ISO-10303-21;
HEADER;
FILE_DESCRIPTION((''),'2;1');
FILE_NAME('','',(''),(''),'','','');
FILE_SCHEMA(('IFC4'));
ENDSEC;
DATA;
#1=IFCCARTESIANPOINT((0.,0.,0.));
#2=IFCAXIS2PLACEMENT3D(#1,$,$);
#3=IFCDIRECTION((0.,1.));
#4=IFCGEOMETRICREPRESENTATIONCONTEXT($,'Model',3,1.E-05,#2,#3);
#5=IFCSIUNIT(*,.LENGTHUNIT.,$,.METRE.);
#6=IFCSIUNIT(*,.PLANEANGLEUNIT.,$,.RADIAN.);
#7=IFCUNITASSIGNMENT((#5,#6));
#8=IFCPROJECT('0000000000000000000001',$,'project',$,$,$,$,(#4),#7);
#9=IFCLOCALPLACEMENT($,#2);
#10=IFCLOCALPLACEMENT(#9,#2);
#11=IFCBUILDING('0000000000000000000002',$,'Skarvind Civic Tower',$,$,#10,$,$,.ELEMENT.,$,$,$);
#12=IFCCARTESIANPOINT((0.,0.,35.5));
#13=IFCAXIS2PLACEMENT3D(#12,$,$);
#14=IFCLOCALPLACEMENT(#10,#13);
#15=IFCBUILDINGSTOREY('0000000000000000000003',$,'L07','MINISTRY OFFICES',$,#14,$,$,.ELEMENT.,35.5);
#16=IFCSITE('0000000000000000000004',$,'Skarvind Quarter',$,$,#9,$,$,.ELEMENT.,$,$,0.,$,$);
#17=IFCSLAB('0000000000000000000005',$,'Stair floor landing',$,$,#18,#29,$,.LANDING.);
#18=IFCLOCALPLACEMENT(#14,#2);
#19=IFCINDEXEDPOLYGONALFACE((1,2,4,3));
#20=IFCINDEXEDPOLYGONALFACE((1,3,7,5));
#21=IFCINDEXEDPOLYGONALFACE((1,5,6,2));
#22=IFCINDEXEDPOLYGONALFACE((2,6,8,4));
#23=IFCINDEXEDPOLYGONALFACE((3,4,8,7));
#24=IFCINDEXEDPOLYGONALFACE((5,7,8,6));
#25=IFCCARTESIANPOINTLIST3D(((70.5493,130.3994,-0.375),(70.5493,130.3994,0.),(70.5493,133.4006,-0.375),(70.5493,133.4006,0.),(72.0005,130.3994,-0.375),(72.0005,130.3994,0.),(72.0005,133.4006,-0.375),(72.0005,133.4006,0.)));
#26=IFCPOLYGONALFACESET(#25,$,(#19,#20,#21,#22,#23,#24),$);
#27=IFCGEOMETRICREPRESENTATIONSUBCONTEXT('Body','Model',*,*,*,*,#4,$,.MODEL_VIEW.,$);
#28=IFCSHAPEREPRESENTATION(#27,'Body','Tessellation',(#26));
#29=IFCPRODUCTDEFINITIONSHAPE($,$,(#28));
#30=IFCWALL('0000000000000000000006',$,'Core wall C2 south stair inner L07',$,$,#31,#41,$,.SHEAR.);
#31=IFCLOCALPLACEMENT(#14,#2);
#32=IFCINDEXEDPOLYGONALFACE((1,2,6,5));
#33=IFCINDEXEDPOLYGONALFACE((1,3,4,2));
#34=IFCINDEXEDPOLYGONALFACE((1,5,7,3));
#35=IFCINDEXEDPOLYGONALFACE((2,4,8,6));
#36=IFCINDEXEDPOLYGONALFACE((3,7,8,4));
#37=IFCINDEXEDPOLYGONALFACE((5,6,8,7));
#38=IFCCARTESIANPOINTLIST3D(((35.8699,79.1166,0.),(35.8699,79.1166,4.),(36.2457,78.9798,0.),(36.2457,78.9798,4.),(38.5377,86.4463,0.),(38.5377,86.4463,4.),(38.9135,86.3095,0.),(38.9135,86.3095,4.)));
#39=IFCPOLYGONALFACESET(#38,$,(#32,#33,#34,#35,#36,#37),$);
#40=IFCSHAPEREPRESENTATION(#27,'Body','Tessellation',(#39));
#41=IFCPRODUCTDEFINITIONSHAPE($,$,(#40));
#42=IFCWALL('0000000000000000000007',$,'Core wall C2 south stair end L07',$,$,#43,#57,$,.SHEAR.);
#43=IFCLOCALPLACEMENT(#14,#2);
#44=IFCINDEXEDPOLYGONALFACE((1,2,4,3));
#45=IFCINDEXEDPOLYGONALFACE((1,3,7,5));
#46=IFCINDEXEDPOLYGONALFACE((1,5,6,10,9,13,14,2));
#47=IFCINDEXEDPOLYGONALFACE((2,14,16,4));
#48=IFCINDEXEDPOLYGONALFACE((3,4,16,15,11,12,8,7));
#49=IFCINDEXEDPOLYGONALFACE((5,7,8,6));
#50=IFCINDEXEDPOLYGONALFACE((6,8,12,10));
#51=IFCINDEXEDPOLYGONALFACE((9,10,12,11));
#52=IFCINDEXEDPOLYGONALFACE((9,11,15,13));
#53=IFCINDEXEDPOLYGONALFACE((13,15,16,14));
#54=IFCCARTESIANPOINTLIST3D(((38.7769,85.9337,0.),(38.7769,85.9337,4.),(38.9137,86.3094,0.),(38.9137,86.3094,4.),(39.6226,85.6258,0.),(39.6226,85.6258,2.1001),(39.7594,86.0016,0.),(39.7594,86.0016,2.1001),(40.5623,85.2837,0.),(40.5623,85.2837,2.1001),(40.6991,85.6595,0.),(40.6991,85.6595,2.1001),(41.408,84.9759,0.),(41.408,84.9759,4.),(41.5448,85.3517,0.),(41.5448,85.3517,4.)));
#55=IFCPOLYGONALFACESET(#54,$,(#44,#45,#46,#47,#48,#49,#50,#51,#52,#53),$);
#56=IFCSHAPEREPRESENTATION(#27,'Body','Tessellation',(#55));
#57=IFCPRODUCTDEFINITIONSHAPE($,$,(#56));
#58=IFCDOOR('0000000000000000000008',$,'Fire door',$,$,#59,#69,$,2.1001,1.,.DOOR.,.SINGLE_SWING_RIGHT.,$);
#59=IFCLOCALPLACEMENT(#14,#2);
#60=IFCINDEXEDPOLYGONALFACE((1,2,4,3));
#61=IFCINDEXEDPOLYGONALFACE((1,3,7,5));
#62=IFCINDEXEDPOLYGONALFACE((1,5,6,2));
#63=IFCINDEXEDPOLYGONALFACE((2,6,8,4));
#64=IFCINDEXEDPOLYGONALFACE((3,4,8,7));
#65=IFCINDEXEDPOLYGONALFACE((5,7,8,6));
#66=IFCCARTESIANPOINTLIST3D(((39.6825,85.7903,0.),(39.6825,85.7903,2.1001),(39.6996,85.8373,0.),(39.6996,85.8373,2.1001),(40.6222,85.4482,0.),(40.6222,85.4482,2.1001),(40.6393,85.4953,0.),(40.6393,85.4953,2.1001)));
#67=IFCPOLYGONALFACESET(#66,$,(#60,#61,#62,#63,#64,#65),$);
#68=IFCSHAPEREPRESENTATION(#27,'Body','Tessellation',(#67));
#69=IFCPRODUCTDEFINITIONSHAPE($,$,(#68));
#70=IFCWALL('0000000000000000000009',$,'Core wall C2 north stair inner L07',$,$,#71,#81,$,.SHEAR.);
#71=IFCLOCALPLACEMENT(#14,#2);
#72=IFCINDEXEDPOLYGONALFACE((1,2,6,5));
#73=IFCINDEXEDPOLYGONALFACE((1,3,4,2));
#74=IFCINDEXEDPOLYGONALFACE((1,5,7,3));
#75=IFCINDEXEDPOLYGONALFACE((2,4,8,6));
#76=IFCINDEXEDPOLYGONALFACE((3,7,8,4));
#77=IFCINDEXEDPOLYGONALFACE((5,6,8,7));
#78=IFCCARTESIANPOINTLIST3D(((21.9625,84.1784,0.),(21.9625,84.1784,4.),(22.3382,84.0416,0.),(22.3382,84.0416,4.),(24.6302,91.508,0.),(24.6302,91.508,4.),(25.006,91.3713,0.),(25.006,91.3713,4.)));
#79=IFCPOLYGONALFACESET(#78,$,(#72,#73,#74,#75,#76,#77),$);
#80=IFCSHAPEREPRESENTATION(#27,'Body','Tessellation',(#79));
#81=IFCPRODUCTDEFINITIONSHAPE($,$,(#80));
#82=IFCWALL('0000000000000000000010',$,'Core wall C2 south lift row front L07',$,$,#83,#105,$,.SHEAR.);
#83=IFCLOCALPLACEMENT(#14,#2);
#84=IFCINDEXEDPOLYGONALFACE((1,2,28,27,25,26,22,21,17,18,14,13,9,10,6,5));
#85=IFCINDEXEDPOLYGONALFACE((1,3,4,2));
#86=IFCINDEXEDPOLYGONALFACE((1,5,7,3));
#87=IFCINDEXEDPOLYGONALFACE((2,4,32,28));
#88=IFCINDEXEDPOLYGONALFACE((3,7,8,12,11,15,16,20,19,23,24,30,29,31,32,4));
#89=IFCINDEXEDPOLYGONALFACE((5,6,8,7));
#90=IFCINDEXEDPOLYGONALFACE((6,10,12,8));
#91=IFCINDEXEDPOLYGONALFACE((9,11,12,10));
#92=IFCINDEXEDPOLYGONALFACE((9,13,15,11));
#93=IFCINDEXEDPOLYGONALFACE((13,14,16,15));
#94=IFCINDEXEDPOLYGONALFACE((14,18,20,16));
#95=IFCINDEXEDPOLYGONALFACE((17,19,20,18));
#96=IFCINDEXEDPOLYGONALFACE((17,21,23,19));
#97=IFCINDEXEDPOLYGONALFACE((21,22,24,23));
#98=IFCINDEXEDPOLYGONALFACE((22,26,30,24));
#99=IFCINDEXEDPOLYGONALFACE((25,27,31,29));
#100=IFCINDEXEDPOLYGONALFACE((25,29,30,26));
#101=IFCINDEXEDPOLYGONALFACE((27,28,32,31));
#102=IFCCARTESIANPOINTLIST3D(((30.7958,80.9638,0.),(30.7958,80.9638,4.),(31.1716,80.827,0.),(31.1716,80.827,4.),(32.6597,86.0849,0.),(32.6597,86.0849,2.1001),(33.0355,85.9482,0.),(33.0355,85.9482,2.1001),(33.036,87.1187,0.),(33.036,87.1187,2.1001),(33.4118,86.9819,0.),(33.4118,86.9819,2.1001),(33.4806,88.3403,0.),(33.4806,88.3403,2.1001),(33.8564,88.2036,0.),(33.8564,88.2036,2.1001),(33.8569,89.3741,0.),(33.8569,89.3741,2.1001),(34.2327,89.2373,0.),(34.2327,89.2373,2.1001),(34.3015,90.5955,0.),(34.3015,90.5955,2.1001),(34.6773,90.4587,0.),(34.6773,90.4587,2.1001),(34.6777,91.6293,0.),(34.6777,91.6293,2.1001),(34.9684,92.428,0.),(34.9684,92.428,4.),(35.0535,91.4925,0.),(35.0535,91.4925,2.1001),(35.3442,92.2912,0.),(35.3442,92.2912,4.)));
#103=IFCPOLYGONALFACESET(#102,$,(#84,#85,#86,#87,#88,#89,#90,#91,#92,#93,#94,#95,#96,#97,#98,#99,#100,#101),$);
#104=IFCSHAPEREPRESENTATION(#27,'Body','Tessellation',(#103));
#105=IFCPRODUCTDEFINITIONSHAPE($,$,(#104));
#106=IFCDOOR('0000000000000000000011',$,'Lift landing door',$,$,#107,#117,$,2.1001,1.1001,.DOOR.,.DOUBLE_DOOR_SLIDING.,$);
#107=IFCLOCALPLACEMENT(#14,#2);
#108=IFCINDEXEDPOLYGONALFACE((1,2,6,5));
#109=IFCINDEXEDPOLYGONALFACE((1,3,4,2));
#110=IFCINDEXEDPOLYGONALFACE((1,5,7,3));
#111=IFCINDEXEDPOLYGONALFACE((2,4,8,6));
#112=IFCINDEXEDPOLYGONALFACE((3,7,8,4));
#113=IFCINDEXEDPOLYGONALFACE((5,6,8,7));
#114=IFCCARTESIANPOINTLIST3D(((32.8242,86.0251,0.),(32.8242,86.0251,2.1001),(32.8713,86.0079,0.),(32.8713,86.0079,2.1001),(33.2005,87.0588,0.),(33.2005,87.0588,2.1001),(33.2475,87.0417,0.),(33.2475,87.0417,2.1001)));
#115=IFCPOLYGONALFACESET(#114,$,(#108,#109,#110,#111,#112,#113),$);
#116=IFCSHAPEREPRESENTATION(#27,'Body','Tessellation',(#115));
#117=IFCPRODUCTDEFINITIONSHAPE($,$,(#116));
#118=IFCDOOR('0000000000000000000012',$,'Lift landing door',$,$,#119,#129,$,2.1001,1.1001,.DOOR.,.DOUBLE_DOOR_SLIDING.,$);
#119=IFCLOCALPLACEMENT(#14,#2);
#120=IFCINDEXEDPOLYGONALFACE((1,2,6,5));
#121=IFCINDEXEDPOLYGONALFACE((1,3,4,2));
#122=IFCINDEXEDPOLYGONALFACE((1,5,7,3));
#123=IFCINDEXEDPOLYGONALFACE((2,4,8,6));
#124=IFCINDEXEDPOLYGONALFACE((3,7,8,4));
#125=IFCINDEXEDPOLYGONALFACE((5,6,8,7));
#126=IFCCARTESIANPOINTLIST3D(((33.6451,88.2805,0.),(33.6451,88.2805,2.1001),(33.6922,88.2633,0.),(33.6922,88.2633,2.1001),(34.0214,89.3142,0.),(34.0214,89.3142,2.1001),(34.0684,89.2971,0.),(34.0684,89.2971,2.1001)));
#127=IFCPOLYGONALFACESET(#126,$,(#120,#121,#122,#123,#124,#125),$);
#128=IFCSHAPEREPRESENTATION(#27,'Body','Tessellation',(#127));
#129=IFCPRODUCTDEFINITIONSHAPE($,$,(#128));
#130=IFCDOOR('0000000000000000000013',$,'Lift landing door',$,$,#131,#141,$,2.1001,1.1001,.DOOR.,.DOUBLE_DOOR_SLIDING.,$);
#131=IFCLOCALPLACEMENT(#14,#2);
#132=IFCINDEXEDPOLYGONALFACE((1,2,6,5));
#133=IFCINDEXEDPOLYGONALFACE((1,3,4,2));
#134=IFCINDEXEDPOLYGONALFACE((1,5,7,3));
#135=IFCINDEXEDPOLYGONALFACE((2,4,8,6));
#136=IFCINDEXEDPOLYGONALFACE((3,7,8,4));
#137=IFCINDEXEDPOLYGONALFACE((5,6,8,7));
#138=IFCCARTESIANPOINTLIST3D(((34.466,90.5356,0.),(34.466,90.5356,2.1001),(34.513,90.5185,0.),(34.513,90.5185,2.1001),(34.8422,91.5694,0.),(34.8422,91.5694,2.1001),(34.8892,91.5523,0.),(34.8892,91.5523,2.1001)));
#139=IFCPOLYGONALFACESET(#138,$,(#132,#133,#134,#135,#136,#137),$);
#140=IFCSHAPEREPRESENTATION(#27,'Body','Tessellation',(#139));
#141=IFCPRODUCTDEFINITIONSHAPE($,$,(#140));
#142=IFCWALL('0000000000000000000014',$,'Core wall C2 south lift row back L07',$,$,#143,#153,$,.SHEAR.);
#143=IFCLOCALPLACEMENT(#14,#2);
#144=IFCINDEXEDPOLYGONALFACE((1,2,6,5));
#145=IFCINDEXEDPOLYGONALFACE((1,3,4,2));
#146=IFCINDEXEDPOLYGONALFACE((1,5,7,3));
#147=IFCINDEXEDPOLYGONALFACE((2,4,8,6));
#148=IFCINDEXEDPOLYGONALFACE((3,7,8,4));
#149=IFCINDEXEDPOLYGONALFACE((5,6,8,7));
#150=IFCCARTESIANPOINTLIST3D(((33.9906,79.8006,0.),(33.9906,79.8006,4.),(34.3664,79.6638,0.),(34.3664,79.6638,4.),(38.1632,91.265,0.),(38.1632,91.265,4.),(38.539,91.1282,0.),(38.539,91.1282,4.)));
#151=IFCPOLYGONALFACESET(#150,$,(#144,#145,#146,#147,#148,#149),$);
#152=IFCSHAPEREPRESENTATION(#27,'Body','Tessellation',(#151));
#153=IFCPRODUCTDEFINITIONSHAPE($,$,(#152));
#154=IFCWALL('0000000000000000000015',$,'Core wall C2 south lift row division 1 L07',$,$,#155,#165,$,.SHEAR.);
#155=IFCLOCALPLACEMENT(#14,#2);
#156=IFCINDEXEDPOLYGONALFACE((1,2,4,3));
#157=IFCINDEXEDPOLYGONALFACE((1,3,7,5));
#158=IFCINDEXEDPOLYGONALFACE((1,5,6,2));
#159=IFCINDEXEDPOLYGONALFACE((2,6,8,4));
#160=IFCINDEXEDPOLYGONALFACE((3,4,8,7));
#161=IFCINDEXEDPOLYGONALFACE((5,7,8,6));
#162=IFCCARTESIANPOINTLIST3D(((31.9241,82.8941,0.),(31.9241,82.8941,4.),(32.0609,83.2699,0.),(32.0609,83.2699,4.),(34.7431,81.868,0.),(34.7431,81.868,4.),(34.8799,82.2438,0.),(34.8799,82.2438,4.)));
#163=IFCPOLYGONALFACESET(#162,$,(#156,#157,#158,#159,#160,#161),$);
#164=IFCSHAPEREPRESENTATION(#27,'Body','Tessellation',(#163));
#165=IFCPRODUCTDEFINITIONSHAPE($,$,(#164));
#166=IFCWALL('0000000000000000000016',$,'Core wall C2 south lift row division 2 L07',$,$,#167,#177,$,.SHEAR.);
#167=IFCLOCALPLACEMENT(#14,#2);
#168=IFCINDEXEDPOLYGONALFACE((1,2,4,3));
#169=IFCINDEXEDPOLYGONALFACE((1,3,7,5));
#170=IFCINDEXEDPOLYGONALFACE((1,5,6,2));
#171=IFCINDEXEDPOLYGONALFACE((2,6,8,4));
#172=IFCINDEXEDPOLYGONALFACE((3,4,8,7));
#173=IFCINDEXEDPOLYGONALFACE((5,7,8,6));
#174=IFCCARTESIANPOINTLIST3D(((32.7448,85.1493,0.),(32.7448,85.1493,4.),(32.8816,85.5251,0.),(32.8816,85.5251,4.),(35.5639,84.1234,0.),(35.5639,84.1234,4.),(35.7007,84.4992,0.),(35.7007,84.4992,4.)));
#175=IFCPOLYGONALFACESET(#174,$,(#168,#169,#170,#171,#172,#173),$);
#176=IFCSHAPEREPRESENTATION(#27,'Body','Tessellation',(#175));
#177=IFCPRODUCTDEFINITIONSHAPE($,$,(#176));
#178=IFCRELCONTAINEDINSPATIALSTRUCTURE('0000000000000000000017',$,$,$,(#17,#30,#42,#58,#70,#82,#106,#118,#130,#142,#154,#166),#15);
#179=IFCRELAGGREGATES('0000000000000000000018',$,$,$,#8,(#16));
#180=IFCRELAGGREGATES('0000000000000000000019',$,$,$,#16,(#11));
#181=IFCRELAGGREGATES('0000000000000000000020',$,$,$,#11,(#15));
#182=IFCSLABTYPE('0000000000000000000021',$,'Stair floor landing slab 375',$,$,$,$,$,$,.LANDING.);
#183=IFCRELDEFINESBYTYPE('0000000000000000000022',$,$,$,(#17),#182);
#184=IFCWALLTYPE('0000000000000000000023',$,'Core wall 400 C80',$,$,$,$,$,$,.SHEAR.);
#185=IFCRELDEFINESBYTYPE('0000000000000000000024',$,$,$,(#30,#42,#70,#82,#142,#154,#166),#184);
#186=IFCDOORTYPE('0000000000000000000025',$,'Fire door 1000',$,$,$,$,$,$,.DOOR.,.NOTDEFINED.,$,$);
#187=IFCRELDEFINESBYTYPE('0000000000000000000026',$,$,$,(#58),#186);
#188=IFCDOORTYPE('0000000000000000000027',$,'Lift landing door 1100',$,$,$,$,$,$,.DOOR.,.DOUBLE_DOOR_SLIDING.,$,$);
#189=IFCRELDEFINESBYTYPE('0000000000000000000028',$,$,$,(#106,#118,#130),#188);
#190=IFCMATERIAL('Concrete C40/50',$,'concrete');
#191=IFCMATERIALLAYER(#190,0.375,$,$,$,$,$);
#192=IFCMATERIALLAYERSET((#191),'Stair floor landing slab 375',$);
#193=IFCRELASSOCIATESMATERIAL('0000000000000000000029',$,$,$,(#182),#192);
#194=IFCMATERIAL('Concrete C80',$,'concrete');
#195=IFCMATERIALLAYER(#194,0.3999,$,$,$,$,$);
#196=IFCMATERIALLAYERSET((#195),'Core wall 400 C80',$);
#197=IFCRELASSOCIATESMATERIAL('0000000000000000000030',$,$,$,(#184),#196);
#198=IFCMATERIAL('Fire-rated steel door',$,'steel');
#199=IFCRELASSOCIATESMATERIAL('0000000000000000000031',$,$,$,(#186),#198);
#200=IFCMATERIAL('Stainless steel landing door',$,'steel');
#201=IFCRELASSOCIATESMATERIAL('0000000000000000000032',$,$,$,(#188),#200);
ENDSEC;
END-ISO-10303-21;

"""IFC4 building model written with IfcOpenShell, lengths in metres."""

from ifc_helpers import new_model, si_unit, direction, frame, frame_2d, origin, place, context, subcontext, project, spatial, polyline, rectangle, outline, extrude, material, layer, layer_set, type_object, element, fill, save


model = new_model("IFC4")

# Units and contexts
model_context = context("Model", 3, precision=1e-05, world=origin(), true_north=direction((0.0, 1.0)))
body_context = subcontext(model_context, "Body", "Model", "MODEL_VIEW")
ifc_project = project(units=[si_unit("LENGTHUNIT", "METRE"), si_unit("PLANEANGLEUNIT", "RADIAN")], contexts=[model_context])

# Site, building, storey
site_placement = place(None, origin())
site = spatial("IfcSite", under=ifc_project, at=site_placement, Name="Skarvind Quarter", CompositionType="ELEMENT", RefElevation=0.0)
building_placement = place(site_placement, origin())
building = spatial("IfcBuilding", under=site, at=building_placement, Name="Skarvind Civic Tower", CompositionType="ELEMENT")
storey_placement = place(building_placement, frame((0.0, 0.0, 35.5)))
storey = spatial("IfcBuildingStorey", under=building, at=storey_placement, Name="L07", Description="MINISTRY OFFICES", CompositionType="ELEMENT", Elevation=35.5)

# Slab
ifc_material_1 = material(Name="Concrete C40/50", Category="concrete")
ifc_layer_1 = layer(ifc_material_1, 0.375)
ifc_layer_set_1 = layer_set([ifc_layer_1], Name="Stair floor landing slab 375")
slab_type = type_object("IfcSlabType", Name="Stair floor landing slab 375", PredefinedType="LANDING", material=ifc_layer_set_1)
slab_placement = place(storey_placement, frame((0.0, 0.0, -0.375)))
element("IfcSlab", 1, at=slab_placement, inside=storey, type_object=slab_type, Name="Stair floor landing", PredefinedType="LANDING", context=body_context, shape_type="SweptSolid", body=[
    extrude(outline(polyline([(70.5493, 130.3994), (70.5493, 133.4006), (72.0005, 133.4006), (72.0005, 130.3994), (70.5493, 130.3994)])), origin(), (0.0, 0.0, 1.0), 0.375),
])

# Wall
ifc_material_2 = material(Name="Concrete C80", Category="concrete")
ifc_layer_2 = layer(ifc_material_2, 0.3999)
ifc_layer_set_2 = layer_set([ifc_layer_2], Name="Core wall 400 C80")
wall_type_1 = type_object("IfcWallType", Name="Core wall 400 C80", PredefinedType="SHEAR", material=ifc_layer_set_2)
wall_1_placement = place(storey_placement, frame((36.0579, 79.0483, 0.0), z_axis=(0.0, 0.0, 1.0), x_axis=(0.342017, 0.939694, 0.0)))
element("IfcWall", 2, at=wall_1_placement, inside=storey, type_object=wall_type_1, Name="Core wall C2 south stair inner L07", PredefinedType="SHEAR", context=body_context, shape_type="SweptSolid", body=[
    extrude(rectangle(XDim=7.8, YDim=0.3999, at=frame_2d((3.8999, 0.0))), origin(), (0.0, 0.0, 1.0), 4.0),
])

# Wall, opening, door
wall_2_placement = place(storey_placement, frame((41.4763, 85.1638, 0.0), z_axis=(0.0, 0.0, 1.0), x_axis=(-0.939679, 0.342058, 0.0)))
wall_2 = element("IfcWall", 3, at=wall_2_placement, inside=storey, type_object=wall_type_1, Name="Core wall C2 south stair end L07", PredefinedType="SHEAR", context=body_context, shape_type="SweptSolid", body=[
    extrude(rectangle(XDim=2.8, YDim=0.3999, at=frame_2d((1.3999, 0.0))), origin(), (0.0, 0.0, 1.0), 4.0),
])
opening_1_placement = place(wall_2_placement, frame((0.8999, 0.0, 0.0)))
opening_1 = element("IfcOpeningElement", 4, at=opening_1_placement, cuts=wall_2, PredefinedType="OPENING", context=body_context, shape_type="SweptSolid", body=[
    extrude(rectangle(XDim=1.0, YDim=2.1001, at=frame_2d((0.5, 1.05))), frame((0.0, 0.21, 0.0), z_axis=(0.0, -1.0, 0.0), x_axis=(1.0, 0.0, 0.0)), (0.0, 0.0, 1.0), 0.4199),
])
ifc_material_3 = material(Name="Fire-rated steel door", Category="steel")
door_type_1 = type_object("IfcDoorType", Name="Fire door 1000", OperationType="NOTDEFINED", PredefinedType="DOOR", material=ifc_material_3)
door_1_placement = place(opening_1_placement, origin())
door_1 = element("IfcDoor", 5, at=door_1_placement, inside=storey, type_object=door_type_1, Name="Fire door", OperationType="SINGLE_SWING_RIGHT", OverallHeight=2.1001, OverallWidth=1.0, PredefinedType="DOOR", context=body_context, shape_type="SweptSolid", body=[
    extrude(rectangle(XDim=1.0, YDim=2.1001, at=frame_2d((0.5, 1.05))), frame((0.0, 0.0249, 0.0), z_axis=(0.0, -1.0, 0.0), x_axis=(1.0, 0.0, 0.0)), (0.0, 0.0, 1.0), 0.05),
])
fill(opening_1, door_1)

# Wall
wall_3_placement = place(storey_placement, frame((22.1504, 84.1101, 0.0), z_axis=(0.0, 0.0, 1.0), x_axis=(0.342017, 0.939694, 0.0)))
element("IfcWall", 6, at=wall_3_placement, inside=storey, type_object=wall_type_1, Name="Core wall C2 north stair inner L07", PredefinedType="SHEAR", context=body_context, shape_type="SweptSolid", body=[
    extrude(rectangle(XDim=7.8, YDim=0.3999, at=frame_2d((3.8999, 0.0))), origin(), (0.0, 0.0, 1.0), 4.0),
])

# Wall, openings, doors
wall_4_placement = place(storey_placement, frame((30.9836, 80.8953, 0.0), z_axis=(0.0, 0.0, 1.0), x_axis=(0.342021, 0.939692, 0.0)))
wall_4 = element("IfcWall", 7, at=wall_4_placement, inside=storey, type_object=wall_type_1, Name="Core wall C2 south lift row front L07", PredefinedType="SHEAR", context=body_context, shape_type="SweptSolid", body=[
    extrude(rectangle(XDim=12.2, YDim=0.3999, at=frame_2d((6.1001, 0.0))), origin(), (0.0, 0.0, 1.0), 4.0),
])
opening_2_placement = place(wall_4_placement, frame((5.45, 0.0, 0.0)))
opening_2 = element("IfcOpeningElement", 8, at=opening_2_placement, cuts=wall_4, PredefinedType="OPENING", context=body_context, shape_type="SweptSolid", body=[
    extrude(rectangle(XDim=1.1001, YDim=2.1001, at=frame_2d((0.55, 1.05))), frame((0.0, 0.21, 0.0), z_axis=(0.0, -1.0, 0.0), x_axis=(1.0, 0.0, 0.0)), (0.0, 0.0, 1.0), 0.4199),
])
opening_3_placement = place(wall_4_placement, frame((7.8501, 0.0, 0.0)))
opening_3 = element("IfcOpeningElement", 9, at=opening_3_placement, cuts=wall_4, PredefinedType="OPENING", context=body_context, shape_type="SweptSolid", body=[
    extrude(rectangle(XDim=1.1001, YDim=2.1001, at=frame_2d((0.55, 1.05))), frame((0.0, 0.21, 0.0), z_axis=(0.0, -1.0, 0.0), x_axis=(1.0, 0.0, 0.0)), (0.0, 0.0, 1.0), 0.4199),
])
opening_4_placement = place(wall_4_placement, frame((10.25, 0.0, 0.0)))
opening_4 = element("IfcOpeningElement", 10, at=opening_4_placement, cuts=wall_4, PredefinedType="OPENING", context=body_context, shape_type="SweptSolid", body=[
    extrude(rectangle(XDim=1.1001, YDim=2.1001, at=frame_2d((0.55, 1.05))), frame((0.0, 0.21, 0.0), z_axis=(0.0, -1.0, 0.0), x_axis=(1.0, 0.0, 0.0)), (0.0, 0.0, 1.0), 0.4199),
])
ifc_material_4 = material(Name="Stainless steel landing door", Category="steel")
door_type_2 = type_object("IfcDoorType", Name="Lift landing door 1100", OperationType="DOUBLE_DOOR_SLIDING", PredefinedType="DOOR", material=ifc_material_4)
door_2_placement = place(opening_2_placement, origin())
door_2 = element("IfcDoor", 11, at=door_2_placement, inside=storey, type_object=door_type_2, Name="Lift landing door", OperationType="DOUBLE_DOOR_SLIDING", OverallHeight=2.1001, OverallWidth=1.1001, PredefinedType="DOOR", context=body_context, shape_type="SweptSolid", body=[
    extrude(rectangle(XDim=1.1001, YDim=2.1001, at=frame_2d((0.55, 1.05))), frame((0.0, 0.0249, 0.0), z_axis=(0.0, -1.0, 0.0), x_axis=(1.0, 0.0, 0.0)), (0.0, 0.0, 1.0), 0.05),
])
fill(opening_2, door_2)
door_3_placement = place(opening_3_placement, origin())
door_3 = element("IfcDoor", 12, at=door_3_placement, inside=storey, type_object=door_type_2, Name="Lift landing door", OperationType="DOUBLE_DOOR_SLIDING", OverallHeight=2.1001, OverallWidth=1.1001, PredefinedType="DOOR", context=body_context, shape_type="SweptSolid", body=[
    extrude(rectangle(XDim=1.1001, YDim=2.1001, at=frame_2d((0.55, 1.05))), frame((0.0, 0.0249, 0.0), z_axis=(0.0, -1.0, 0.0), x_axis=(1.0, 0.0, 0.0)), (0.0, 0.0, 1.0), 0.05),
])
fill(opening_3, door_3)
door_4_placement = place(opening_4_placement, origin())
door_4 = element("IfcDoor", 13, at=door_4_placement, inside=storey, type_object=door_type_2, Name="Lift landing door", OperationType="DOUBLE_DOOR_SLIDING", OverallHeight=2.1001, OverallWidth=1.1001, PredefinedType="DOOR", context=body_context, shape_type="SweptSolid", body=[
    extrude(rectangle(XDim=1.1001, YDim=2.1001, at=frame_2d((0.55, 1.05))), frame((0.0, 0.0249, 0.0), z_axis=(0.0, -1.0, 0.0), x_axis=(1.0, 0.0, 0.0)), (0.0, 0.0, 1.0), 0.05),
])
fill(opening_4, door_4)

# Walls
wall_5_placement = place(storey_placement, frame((34.1785, 79.7322, 0.0), z_axis=(0.0, 0.0, 1.0), x_axis=(0.342015, 0.939695, 0.0)))
element("IfcWall", 14, at=wall_5_placement, inside=storey, type_object=wall_type_1, Name="Core wall C2 south lift row back L07", PredefinedType="SHEAR", context=body_context, shape_type="SweptSolid", body=[
    extrude(rectangle(XDim=12.2002, YDim=0.3999, at=frame_2d((6.1001, 0.0))), origin(), (0.0, 0.0, 1.0), 4.0),
])
for number, where, z_axis, x_axis, name in (
    (15, (34.8115, 82.0559, 0.0), (0.0, 0.0, 1.0), (-0.939686, 0.342037, 0.0), "Core wall C2 south lift row division 1 L07"),
    (16, (35.6323, 84.3113, 0.0), (0.0, 0.0, 1.0), (-0.939713, 0.341965, 0.0), "Core wall C2 south lift row division 2 L07"),
):
    element("IfcWall", number, at=place(storey_placement, frame(where, z_axis=z_axis, x_axis=x_axis)), inside=storey, type_object=wall_type_1, Name=name, PredefinedType="SHEAR", context=body_context, shape_type="SweptSolid", body=[
        extrude(rectangle(XDim=3.0, YDim=0.3999, at=frame_2d((1.5, 0.0))), origin(), (0.0, 0.0, 1.0), 4.0),
    ])

save(model, "model.ifc")
